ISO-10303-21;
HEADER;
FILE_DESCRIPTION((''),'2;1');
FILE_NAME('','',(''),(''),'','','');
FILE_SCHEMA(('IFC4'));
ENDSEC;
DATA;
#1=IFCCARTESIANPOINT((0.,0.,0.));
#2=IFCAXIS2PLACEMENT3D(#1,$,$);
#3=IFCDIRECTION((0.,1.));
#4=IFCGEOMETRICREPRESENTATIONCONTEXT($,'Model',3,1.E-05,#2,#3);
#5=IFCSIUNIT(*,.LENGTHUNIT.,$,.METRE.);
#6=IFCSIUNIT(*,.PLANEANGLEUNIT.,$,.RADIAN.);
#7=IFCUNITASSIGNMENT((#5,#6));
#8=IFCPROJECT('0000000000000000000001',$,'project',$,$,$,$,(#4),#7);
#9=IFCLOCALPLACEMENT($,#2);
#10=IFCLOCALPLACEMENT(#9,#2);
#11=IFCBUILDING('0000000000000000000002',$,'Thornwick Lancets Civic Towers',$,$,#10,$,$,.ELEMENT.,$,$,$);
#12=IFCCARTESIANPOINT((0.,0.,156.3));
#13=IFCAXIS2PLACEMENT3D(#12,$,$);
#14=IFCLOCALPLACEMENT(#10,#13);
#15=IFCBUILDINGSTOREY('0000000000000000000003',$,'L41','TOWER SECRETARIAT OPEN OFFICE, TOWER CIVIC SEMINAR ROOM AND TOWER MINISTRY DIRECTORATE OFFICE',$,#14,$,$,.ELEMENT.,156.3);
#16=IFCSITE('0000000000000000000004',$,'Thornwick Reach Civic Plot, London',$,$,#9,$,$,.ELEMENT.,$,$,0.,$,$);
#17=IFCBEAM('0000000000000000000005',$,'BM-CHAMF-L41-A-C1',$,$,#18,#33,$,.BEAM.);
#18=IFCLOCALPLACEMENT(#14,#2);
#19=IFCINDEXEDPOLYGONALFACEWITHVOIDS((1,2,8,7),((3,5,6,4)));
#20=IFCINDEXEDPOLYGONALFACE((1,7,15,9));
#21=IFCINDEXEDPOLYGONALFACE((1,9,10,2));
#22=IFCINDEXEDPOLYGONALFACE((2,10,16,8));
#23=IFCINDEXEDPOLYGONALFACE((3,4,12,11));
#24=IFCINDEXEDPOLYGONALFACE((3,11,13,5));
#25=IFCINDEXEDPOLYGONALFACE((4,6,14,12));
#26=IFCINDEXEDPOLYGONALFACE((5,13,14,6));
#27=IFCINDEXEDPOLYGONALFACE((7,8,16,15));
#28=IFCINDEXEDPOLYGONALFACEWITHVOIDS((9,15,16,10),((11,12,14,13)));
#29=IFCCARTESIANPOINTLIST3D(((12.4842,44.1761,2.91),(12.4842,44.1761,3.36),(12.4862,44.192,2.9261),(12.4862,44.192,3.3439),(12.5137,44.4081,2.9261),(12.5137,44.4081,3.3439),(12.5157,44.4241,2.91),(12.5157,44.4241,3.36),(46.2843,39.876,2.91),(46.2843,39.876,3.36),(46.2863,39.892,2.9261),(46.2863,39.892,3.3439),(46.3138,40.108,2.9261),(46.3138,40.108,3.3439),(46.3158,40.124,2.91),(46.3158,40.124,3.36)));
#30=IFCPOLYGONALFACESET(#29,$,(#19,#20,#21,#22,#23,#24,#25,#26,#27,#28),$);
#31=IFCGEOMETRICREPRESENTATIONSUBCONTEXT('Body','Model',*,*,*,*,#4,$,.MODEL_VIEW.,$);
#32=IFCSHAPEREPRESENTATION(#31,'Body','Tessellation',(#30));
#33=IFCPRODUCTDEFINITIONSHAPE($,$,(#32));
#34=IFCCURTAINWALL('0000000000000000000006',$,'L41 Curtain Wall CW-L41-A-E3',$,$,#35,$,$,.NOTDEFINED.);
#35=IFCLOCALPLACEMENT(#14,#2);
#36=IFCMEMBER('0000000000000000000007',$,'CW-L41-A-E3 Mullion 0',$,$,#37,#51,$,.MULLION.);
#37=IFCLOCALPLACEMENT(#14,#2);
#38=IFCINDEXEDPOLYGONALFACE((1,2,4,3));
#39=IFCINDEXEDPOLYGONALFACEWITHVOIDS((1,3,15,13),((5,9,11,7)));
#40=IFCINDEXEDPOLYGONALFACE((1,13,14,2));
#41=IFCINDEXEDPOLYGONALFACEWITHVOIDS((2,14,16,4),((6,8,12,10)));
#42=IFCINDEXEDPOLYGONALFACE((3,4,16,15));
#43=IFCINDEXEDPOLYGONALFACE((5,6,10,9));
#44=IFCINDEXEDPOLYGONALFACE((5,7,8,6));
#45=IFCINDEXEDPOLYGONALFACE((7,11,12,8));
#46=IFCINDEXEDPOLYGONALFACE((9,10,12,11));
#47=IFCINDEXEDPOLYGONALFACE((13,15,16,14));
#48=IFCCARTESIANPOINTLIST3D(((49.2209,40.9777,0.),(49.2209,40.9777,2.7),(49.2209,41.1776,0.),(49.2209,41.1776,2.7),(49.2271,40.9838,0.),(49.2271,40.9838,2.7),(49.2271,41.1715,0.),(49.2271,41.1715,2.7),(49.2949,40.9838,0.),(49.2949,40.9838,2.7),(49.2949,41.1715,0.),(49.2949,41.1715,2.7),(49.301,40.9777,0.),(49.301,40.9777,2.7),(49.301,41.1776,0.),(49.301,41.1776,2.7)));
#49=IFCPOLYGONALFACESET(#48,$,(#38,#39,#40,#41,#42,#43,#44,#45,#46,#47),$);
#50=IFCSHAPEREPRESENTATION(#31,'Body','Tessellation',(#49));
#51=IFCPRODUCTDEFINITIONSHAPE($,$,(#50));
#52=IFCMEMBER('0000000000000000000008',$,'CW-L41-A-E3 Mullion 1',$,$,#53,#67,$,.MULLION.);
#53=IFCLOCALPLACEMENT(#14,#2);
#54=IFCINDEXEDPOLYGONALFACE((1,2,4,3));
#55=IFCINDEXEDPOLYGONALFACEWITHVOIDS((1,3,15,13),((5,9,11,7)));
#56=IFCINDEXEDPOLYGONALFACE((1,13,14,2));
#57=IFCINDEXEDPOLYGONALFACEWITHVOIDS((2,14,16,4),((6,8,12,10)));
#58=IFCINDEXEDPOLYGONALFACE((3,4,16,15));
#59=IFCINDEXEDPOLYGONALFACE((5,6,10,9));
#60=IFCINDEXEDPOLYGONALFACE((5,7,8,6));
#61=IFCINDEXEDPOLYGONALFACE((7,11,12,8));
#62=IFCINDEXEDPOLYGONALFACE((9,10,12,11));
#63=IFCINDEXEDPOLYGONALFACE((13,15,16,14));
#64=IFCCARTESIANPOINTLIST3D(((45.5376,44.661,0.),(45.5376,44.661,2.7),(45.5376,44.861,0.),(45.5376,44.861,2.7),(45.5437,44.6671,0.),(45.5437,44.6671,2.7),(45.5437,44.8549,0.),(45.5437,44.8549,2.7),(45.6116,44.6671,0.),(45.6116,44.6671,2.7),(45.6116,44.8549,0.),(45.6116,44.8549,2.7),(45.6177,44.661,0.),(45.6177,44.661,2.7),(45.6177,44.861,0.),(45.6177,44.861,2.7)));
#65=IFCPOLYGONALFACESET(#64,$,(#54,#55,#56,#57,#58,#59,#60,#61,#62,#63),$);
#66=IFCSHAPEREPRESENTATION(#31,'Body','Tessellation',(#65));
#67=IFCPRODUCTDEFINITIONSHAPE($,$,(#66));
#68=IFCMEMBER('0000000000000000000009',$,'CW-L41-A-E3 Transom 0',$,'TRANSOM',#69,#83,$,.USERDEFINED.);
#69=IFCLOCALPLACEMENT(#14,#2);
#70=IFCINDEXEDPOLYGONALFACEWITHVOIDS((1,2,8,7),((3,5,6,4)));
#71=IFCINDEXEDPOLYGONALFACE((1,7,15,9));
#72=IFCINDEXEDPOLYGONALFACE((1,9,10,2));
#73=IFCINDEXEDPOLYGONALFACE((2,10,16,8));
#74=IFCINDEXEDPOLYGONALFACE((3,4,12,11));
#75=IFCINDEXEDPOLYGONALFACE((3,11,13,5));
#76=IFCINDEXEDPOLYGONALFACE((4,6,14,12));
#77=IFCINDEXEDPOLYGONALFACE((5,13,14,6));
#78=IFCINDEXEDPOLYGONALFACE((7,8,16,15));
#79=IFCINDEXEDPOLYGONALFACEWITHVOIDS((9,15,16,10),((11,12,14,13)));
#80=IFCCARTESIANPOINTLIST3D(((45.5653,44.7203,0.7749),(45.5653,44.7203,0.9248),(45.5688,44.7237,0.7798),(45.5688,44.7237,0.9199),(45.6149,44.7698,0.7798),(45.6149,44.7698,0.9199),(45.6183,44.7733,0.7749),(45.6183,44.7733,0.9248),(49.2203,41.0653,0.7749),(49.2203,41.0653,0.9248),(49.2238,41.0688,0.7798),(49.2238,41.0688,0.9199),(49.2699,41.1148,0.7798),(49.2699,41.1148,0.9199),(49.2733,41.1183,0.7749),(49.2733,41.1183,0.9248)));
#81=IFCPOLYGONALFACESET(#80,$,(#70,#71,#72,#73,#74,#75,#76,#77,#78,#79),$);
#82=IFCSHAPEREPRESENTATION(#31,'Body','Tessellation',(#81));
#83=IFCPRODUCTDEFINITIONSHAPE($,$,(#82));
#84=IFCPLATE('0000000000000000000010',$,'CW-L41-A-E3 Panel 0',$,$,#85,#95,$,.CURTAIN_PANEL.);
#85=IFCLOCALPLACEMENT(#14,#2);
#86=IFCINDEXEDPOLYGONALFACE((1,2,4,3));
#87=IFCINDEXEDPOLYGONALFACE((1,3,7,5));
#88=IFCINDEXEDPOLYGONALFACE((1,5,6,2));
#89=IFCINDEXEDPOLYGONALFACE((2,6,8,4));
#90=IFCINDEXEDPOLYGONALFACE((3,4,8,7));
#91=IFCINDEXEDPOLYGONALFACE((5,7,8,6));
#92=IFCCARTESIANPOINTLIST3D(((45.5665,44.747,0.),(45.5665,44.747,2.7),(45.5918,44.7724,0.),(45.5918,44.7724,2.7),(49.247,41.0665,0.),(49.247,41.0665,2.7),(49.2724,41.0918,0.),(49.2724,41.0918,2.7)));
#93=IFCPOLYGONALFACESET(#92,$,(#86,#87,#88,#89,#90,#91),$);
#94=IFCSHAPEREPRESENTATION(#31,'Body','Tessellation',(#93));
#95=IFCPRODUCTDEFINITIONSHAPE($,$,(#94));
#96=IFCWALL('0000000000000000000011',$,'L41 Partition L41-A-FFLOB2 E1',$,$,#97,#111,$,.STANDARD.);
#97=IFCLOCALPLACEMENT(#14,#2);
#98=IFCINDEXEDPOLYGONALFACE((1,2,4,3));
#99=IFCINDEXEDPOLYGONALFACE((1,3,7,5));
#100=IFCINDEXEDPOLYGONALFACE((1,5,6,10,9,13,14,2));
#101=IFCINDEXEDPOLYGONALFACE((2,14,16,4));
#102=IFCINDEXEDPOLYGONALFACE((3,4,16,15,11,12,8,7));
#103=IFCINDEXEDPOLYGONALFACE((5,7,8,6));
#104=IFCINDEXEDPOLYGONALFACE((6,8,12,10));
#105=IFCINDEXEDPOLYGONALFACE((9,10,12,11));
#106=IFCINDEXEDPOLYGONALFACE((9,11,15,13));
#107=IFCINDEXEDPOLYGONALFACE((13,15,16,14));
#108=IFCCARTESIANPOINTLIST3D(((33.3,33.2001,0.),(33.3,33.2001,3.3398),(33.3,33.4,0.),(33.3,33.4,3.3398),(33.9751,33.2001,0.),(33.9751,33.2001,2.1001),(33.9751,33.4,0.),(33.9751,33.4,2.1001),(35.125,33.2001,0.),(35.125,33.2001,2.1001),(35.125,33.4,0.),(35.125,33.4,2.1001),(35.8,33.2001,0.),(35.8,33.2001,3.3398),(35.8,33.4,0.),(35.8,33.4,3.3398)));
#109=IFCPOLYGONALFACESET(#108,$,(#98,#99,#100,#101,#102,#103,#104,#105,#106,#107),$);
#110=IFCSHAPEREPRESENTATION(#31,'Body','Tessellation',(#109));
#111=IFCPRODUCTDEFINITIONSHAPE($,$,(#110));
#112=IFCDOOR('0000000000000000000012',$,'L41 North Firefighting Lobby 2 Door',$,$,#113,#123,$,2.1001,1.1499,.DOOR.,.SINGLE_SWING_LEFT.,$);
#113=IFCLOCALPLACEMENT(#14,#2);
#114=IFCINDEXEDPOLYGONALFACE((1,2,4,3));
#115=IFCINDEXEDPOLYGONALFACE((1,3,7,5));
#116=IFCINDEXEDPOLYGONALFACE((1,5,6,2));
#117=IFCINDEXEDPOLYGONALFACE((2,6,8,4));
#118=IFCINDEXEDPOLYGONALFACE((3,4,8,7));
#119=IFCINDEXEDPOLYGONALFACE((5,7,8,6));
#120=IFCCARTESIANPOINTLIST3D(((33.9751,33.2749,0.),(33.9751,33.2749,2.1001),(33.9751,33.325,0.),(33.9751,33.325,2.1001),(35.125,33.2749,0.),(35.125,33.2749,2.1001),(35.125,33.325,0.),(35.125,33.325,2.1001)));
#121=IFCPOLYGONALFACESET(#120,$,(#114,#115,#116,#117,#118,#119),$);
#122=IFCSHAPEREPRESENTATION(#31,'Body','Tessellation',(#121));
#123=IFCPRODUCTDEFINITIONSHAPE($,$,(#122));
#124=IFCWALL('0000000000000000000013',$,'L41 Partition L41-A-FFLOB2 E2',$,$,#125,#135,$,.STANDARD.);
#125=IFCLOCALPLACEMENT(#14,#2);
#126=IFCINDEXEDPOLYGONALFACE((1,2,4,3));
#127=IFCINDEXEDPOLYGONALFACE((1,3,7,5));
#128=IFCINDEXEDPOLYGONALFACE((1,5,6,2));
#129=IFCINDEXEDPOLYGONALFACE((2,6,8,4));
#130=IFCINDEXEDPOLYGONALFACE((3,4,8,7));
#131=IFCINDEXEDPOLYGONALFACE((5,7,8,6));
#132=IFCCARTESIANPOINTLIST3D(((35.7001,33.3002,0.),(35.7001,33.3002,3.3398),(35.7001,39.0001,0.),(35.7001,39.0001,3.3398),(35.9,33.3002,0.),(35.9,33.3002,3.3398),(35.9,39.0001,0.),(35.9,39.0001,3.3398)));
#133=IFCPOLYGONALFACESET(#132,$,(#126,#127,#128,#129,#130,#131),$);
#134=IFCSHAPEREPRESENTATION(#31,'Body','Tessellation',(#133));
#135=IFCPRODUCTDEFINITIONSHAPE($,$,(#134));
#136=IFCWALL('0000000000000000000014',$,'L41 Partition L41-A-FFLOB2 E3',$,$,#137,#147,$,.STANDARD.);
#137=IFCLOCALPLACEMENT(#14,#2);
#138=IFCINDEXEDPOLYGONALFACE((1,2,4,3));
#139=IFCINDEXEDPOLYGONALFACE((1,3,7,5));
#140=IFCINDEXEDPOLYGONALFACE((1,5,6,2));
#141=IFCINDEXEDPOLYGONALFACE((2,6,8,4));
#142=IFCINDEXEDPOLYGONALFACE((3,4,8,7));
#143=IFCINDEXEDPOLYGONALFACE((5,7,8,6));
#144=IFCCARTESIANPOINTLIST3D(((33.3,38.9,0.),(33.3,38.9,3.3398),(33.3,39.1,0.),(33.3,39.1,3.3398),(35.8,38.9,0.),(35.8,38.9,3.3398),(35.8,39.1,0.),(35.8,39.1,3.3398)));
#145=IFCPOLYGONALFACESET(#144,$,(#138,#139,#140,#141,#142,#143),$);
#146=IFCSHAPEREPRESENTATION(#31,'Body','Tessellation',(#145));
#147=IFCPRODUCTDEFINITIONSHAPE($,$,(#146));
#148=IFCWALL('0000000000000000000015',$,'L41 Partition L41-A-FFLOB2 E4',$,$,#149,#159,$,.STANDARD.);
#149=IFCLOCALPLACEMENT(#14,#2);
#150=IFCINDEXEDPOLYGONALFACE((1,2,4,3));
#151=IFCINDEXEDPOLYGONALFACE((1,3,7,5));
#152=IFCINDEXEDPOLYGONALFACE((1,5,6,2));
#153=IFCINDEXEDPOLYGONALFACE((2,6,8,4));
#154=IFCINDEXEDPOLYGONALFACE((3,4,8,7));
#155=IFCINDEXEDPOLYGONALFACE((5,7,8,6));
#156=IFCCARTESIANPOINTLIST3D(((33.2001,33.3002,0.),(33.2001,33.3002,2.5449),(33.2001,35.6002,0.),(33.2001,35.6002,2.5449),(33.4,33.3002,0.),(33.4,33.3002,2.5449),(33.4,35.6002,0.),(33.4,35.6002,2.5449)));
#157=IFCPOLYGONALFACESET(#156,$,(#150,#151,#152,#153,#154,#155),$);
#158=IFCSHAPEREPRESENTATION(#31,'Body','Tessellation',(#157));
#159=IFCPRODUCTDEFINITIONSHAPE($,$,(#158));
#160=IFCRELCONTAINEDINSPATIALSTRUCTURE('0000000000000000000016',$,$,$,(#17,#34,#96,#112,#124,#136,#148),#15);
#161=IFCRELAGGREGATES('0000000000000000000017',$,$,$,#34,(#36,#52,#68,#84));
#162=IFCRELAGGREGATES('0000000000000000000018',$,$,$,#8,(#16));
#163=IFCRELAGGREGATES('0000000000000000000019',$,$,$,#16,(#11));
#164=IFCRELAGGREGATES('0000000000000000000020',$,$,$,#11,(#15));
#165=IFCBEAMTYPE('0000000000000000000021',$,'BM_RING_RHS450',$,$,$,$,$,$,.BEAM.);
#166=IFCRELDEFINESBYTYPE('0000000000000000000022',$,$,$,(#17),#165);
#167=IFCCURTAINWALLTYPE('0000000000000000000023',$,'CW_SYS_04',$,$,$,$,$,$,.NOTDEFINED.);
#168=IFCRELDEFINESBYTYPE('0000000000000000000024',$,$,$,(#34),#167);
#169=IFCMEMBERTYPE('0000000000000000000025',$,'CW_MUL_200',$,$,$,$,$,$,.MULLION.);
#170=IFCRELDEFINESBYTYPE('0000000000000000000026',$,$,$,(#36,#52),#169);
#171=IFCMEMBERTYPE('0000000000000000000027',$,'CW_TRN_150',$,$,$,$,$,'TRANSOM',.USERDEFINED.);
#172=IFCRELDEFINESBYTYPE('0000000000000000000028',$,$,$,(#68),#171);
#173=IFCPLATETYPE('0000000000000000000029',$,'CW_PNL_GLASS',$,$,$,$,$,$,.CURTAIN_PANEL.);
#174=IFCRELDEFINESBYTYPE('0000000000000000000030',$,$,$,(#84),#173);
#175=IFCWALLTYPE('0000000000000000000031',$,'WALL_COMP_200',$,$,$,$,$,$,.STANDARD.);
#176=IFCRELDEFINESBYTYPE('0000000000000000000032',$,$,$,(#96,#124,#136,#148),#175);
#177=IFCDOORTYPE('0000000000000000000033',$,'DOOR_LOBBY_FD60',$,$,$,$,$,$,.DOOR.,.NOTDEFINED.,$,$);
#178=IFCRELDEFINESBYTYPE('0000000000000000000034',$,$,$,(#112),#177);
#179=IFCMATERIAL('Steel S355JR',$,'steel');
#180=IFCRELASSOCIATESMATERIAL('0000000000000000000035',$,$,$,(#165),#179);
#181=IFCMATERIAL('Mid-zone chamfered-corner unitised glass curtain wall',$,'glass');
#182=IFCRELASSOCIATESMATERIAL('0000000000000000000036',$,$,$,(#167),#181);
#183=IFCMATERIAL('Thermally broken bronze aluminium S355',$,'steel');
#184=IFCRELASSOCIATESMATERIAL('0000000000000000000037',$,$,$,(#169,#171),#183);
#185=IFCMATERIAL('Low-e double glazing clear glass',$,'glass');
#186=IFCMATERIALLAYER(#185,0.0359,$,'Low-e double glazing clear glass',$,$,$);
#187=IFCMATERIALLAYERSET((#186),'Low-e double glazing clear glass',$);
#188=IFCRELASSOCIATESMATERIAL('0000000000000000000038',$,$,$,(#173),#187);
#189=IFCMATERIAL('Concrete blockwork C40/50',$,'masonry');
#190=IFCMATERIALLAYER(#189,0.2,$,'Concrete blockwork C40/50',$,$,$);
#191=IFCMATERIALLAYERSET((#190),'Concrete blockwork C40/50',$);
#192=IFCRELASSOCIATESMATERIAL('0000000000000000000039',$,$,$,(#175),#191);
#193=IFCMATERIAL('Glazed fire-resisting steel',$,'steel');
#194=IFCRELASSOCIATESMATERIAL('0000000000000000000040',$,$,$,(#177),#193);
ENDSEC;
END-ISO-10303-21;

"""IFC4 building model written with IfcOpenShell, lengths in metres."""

from ifc_helpers import new_model, si_unit, direction, frame, frame_2d, origin, origin_2d, place, context, subcontext, project, spatial, rectangle, hollow_rectangle, extrude, material, layer, layer_set, material_profile, profile_set, type_object, element, fill, aggregate, save


model = new_model("IFC4")

# Units and contexts
model_context = context("Model", 3, precision=1e-05, world=origin(), true_north=direction((0.0, 1.0)))
body_context = subcontext(model_context, "Body", "Model", "MODEL_VIEW")
ifc_project = project(units=[si_unit("LENGTHUNIT", "METRE"), si_unit("PLANEANGLEUNIT", "RADIAN")], contexts=[model_context])

# Site, building, storey
site_placement = place(None, origin())
site = spatial("IfcSite", under=ifc_project, at=site_placement, Name="Thornwick Reach Civic Plot, London", CompositionType="ELEMENT", RefElevation=0.0)
building_placement = place(site_placement, origin())
building = spatial("IfcBuilding", under=site, at=building_placement, Name="Thornwick Lancets Civic Towers", CompositionType="ELEMENT")
storey_placement = place(building_placement, frame((0.0, 0.0, 156.3)))
storey = spatial("IfcBuildingStorey", under=building, at=storey_placement, Name="L41", Description="TOWER SECRETARIAT OPEN OFFICE, TOWER CIVIC SEMINAR ROOM AND TOWER MINISTRY DIRECTORATE OFFICE", CompositionType="ELEMENT", Elevation=156.3)

# Beam
ifc_material_1 = material(Name="Steel S355JR", Category="steel")
ifc_material_profile_1 = material_profile(ifc_material_1, hollow_rectangle(XDim=0.25, YDim=0.45, WallThickness=0.0161, at=origin_2d()), Name="RHS 450x250x16")
ifc_profile_set_1 = profile_set([ifc_material_profile_1], Name="Steel S355JR")
beam_type_1 = type_object("IfcBeamType", Name="BM_RING_RHS450", PredefinedType="BEAM", material=ifc_profile_set_1)
beam_1_placement = place(storey_placement, frame((46.3, 40.0, 3.135), z_axis=(-0.992004, 0.126203, 0.0), x_axis=(-0.126203, -0.992004, 0.0)))
element("IfcBeam", 1, at=beam_1_placement, inside=storey, type_object=beam_type_1, Name="BM-CHAMF-L41-A-C1", PredefinedType="BEAM", context=body_context, shape_type="SweptSolid", body=[
    extrude(hollow_rectangle(XDim=0.25, YDim=0.45, WallThickness=0.0161, at=origin_2d()), origin(), (0.0, 0.0, 1.0), 34.0725),
])

# Curtain wall, members, plate
ifc_material_2 = material(Name="Mid-zone chamfered-corner unitised glass curtain wall", Category="glass")
curtain_wall_type = type_object("IfcCurtainWallType", Name="CW_SYS_04", PredefinedType="NOTDEFINED", material=ifc_material_2)
curtain_wall_placement = place(storey_placement, origin())
curtain_wall = element("IfcCurtainWall", 2, at=curtain_wall_placement, inside=storey, type_object=curtain_wall_type, Name="L41 Curtain Wall CW-L41-A-E3", PredefinedType="NOTDEFINED")
ifc_material_3 = material(Name="Thermally broken bronze aluminium S355", Category="steel")
ifc_material_profile_2 = material_profile(ifc_material_3, hollow_rectangle(XDim=0.0801, YDim=0.2, WallThickness=0.0061, at=origin_2d()), Name="RHS 200x80x6")
ifc_profile_set_2 = profile_set([ifc_material_profile_2], Name="Thermally broken bronze aluminium S355")
member_type_1 = type_object("IfcMemberType", Name="CW_MUL_200", PredefinedType="MULLION", material=ifc_profile_set_2)
member_1_placement = place(storey_placement, frame((49.261, 41.0776, 0.0), z_axis=(0.0, 0.0, 1.0), x_axis=(1.0, 0.0, 0.0)))
member_1 = element("IfcMember", 3, at=member_1_placement, type_object=member_type_1, Name="CW-L41-A-E3 Mullion 0", PredefinedType="MULLION", context=body_context, shape_type="SweptSolid", body=[
    extrude(hollow_rectangle(XDim=0.0801, YDim=0.2, WallThickness=0.0061, at=origin_2d()), origin(), (0.0, 0.0, 1.0), 2.7),
])
member_2_placement = place(storey_placement, frame((45.5776, 44.761, 0.0), z_axis=(0.0, 0.0, 1.0), x_axis=(1.0, 0.0, 0.0)))
member_2 = element("IfcMember", 4, at=member_2_placement, type_object=member_type_1, Name="CW-L41-A-E3 Mullion 1", PredefinedType="MULLION", context=body_context, shape_type="SweptSolid", body=[
    extrude(hollow_rectangle(XDim=0.0801, YDim=0.2, WallThickness=0.0061, at=origin_2d()), origin(), (0.0, 0.0, 1.0), 2.7),
])
ifc_material_profile_3 = material_profile(ifc_material_3, hollow_rectangle(XDim=0.075, YDim=0.1499, WallThickness=0.0049, at=origin_2d()), Name="RHS 150x75x5")
ifc_profile_set_3 = profile_set([ifc_material_profile_3], Name="Thermally broken bronze aluminium S355")
member_type_2 = type_object("IfcMemberType", Name="CW_TRN_150", ElementType="TRANSOM", PredefinedType="USERDEFINED", material=ifc_profile_set_3)
member_3_placement = place(storey_placement, frame((49.2468, 41.0918, 0.8499), z_axis=(-0.707107, 0.707107, 0.0), x_axis=(-0.707107, -0.707107, 0.0)))
member_3 = element("IfcMember", 5, at=member_3_placement, type_object=member_type_2, Name="CW-L41-A-E3 Transom 0", ObjectType="TRANSOM", PredefinedType="USERDEFINED", context=body_context, shape_type="SweptSolid", body=[
    extrude(hollow_rectangle(XDim=0.075, YDim=0.1499, WallThickness=0.0049, at=origin_2d()), origin(), (0.0, 0.0, 1.0), 5.1689),
])
ifc_material_4 = material(Name="Low-e double glazing clear glass", Category="glass")
ifc_layer_1 = layer(ifc_material_4, 0.0359, Name="Low-e double glazing clear glass")
ifc_layer_set_1 = layer_set([ifc_layer_1], Name="Low-e double glazing clear glass")
plate_type = type_object("IfcPlateType", Name="CW_PNL_GLASS", PredefinedType="CURTAIN_PANEL", material=ifc_layer_set_1)
plate_placement = place(storey_placement, frame((47.4194, 42.9194, 0.0), z_axis=(0.0, 0.0, 1.0), x_axis=(-0.707107, 0.707107, 0.0)))
plate = element("IfcPlate", 6, at=plate_placement, type_object=plate_type, Name="CW-L41-A-E3 Panel 0", PredefinedType="CURTAIN_PANEL", context=body_context, shape_type="SweptSolid", body=[
    extrude(rectangle(XDim=5.2051, YDim=0.0359, at=origin_2d()), origin(), (0.0, 0.0, 1.0), 2.7),
])
aggregate(curtain_wall, [member_1, member_2, member_3, plate])

# Wall, opening, door
ifc_material_5 = material(Name="Concrete blockwork C40/50", Category="masonry")
ifc_layer_2 = layer(ifc_material_5, 0.2, Name="Concrete blockwork C40/50")
ifc_layer_set_2 = layer_set([ifc_layer_2], Name="Concrete blockwork C40/50")
wall_type_1 = type_object("IfcWallType", Name="WALL_COMP_200", PredefinedType="STANDARD", material=ifc_layer_set_2)
wall_1_placement = place(storey_placement, frame((33.3, 33.3, 0.0), z_axis=(0.0, 0.0, 1.0), x_axis=(1.0, 0.0, 0.0)))
wall_1 = element("IfcWall", 7, at=wall_1_placement, inside=storey, type_object=wall_type_1, Name="L41 Partition L41-A-FFLOB2 E1", PredefinedType="STANDARD", context=body_context, shape_type="SweptSolid", body=[
    extrude(rectangle(XDim=2.5, YDim=0.2, at=frame_2d((1.25, 0.0))), origin(), (0.0, 0.0, 1.0), 3.3398),
])
opening_1_placement = place(wall_1_placement, frame((0.675, 0.0, 0.0)))
opening_1 = element("IfcOpeningElement", 8, at=opening_1_placement, cuts=wall_1, PredefinedType="OPENING", context=body_context, shape_type="SweptSolid", body=[
    extrude(rectangle(XDim=1.1499, YDim=2.1001, at=frame_2d((0.575, 1.05))), frame((0.0, 0.1099, 0.0), z_axis=(0.0, -1.0, 0.0), x_axis=(1.0, 0.0, 0.0)), (0.0, 0.0, 1.0), 0.22),
])
ifc_material_6 = material(Name="Glazed fire-resisting steel", Category="steel")
door_type = type_object("IfcDoorType", Name="DOOR_LOBBY_FD60", OperationType="NOTDEFINED", PredefinedType="DOOR", material=ifc_material_6)
door_placement = place(opening_1_placement, origin())
door = element("IfcDoor", 9, at=door_placement, inside=storey, type_object=door_type, Name="L41 North Firefighting Lobby 2 Door", OperationType="SINGLE_SWING_LEFT", OverallHeight=2.1001, OverallWidth=1.1499, PredefinedType="DOOR", context=body_context, shape_type="SweptSolid", body=[
    extrude(rectangle(XDim=1.1499, YDim=2.1001, at=frame_2d((0.575, 1.05))), frame((0.0, 0.0249, 0.0), z_axis=(0.0, -1.0, 0.0), x_axis=(1.0, 0.0, 0.0)), (0.0, 0.0, 1.0), 0.05),
])
fill(opening_1, door)

# Walls
wall_2_placement = place(storey_placement, frame((35.8, 33.3, 0.0), z_axis=(0.0, 0.0, 1.0), x_axis=(0.0, 1.0, 0.0)))
element("IfcWall", 10, at=wall_2_placement, inside=storey, type_object=wall_type_1, Name="L41 Partition L41-A-FFLOB2 E2", PredefinedType="STANDARD", context=body_context, shape_type="SweptSolid", body=[
    extrude(rectangle(XDim=5.7, YDim=0.2, at=frame_2d((2.8501, 0.0))), origin(), (0.0, 0.0, 1.0), 3.3398),
])
wall_3_placement = place(storey_placement, frame((35.8, 39.0, 0.0), z_axis=(0.0, 0.0, 1.0), x_axis=(-1.0, 0.0, 0.0)))
element("IfcWall", 11, at=wall_3_placement, inside=storey, type_object=wall_type_1, Name="L41 Partition L41-A-FFLOB2 E3", PredefinedType="STANDARD", context=body_context, shape_type="SweptSolid", body=[
    extrude(rectangle(XDim=2.5, YDim=0.2, at=frame_2d((1.25, 0.0))), origin(), (0.0, 0.0, 1.0), 3.3398),
])
wall_4_placement = place(storey_placement, frame((33.3, 35.6001, 0.0), z_axis=(0.0, 0.0, 1.0), x_axis=(0.0, -1.0, 0.0)))
element("IfcWall", 12, at=wall_4_placement, inside=storey, type_object=wall_type_1, Name="L41 Partition L41-A-FFLOB2 E4", PredefinedType="STANDARD", context=body_context, shape_type="SweptSolid", body=[
    extrude(rectangle(XDim=2.3, YDim=0.2, at=frame_2d((1.1499, 0.0))), origin(), (0.0, 0.0, 1.0), 2.5449),
])

save(model, "model.ifc")
